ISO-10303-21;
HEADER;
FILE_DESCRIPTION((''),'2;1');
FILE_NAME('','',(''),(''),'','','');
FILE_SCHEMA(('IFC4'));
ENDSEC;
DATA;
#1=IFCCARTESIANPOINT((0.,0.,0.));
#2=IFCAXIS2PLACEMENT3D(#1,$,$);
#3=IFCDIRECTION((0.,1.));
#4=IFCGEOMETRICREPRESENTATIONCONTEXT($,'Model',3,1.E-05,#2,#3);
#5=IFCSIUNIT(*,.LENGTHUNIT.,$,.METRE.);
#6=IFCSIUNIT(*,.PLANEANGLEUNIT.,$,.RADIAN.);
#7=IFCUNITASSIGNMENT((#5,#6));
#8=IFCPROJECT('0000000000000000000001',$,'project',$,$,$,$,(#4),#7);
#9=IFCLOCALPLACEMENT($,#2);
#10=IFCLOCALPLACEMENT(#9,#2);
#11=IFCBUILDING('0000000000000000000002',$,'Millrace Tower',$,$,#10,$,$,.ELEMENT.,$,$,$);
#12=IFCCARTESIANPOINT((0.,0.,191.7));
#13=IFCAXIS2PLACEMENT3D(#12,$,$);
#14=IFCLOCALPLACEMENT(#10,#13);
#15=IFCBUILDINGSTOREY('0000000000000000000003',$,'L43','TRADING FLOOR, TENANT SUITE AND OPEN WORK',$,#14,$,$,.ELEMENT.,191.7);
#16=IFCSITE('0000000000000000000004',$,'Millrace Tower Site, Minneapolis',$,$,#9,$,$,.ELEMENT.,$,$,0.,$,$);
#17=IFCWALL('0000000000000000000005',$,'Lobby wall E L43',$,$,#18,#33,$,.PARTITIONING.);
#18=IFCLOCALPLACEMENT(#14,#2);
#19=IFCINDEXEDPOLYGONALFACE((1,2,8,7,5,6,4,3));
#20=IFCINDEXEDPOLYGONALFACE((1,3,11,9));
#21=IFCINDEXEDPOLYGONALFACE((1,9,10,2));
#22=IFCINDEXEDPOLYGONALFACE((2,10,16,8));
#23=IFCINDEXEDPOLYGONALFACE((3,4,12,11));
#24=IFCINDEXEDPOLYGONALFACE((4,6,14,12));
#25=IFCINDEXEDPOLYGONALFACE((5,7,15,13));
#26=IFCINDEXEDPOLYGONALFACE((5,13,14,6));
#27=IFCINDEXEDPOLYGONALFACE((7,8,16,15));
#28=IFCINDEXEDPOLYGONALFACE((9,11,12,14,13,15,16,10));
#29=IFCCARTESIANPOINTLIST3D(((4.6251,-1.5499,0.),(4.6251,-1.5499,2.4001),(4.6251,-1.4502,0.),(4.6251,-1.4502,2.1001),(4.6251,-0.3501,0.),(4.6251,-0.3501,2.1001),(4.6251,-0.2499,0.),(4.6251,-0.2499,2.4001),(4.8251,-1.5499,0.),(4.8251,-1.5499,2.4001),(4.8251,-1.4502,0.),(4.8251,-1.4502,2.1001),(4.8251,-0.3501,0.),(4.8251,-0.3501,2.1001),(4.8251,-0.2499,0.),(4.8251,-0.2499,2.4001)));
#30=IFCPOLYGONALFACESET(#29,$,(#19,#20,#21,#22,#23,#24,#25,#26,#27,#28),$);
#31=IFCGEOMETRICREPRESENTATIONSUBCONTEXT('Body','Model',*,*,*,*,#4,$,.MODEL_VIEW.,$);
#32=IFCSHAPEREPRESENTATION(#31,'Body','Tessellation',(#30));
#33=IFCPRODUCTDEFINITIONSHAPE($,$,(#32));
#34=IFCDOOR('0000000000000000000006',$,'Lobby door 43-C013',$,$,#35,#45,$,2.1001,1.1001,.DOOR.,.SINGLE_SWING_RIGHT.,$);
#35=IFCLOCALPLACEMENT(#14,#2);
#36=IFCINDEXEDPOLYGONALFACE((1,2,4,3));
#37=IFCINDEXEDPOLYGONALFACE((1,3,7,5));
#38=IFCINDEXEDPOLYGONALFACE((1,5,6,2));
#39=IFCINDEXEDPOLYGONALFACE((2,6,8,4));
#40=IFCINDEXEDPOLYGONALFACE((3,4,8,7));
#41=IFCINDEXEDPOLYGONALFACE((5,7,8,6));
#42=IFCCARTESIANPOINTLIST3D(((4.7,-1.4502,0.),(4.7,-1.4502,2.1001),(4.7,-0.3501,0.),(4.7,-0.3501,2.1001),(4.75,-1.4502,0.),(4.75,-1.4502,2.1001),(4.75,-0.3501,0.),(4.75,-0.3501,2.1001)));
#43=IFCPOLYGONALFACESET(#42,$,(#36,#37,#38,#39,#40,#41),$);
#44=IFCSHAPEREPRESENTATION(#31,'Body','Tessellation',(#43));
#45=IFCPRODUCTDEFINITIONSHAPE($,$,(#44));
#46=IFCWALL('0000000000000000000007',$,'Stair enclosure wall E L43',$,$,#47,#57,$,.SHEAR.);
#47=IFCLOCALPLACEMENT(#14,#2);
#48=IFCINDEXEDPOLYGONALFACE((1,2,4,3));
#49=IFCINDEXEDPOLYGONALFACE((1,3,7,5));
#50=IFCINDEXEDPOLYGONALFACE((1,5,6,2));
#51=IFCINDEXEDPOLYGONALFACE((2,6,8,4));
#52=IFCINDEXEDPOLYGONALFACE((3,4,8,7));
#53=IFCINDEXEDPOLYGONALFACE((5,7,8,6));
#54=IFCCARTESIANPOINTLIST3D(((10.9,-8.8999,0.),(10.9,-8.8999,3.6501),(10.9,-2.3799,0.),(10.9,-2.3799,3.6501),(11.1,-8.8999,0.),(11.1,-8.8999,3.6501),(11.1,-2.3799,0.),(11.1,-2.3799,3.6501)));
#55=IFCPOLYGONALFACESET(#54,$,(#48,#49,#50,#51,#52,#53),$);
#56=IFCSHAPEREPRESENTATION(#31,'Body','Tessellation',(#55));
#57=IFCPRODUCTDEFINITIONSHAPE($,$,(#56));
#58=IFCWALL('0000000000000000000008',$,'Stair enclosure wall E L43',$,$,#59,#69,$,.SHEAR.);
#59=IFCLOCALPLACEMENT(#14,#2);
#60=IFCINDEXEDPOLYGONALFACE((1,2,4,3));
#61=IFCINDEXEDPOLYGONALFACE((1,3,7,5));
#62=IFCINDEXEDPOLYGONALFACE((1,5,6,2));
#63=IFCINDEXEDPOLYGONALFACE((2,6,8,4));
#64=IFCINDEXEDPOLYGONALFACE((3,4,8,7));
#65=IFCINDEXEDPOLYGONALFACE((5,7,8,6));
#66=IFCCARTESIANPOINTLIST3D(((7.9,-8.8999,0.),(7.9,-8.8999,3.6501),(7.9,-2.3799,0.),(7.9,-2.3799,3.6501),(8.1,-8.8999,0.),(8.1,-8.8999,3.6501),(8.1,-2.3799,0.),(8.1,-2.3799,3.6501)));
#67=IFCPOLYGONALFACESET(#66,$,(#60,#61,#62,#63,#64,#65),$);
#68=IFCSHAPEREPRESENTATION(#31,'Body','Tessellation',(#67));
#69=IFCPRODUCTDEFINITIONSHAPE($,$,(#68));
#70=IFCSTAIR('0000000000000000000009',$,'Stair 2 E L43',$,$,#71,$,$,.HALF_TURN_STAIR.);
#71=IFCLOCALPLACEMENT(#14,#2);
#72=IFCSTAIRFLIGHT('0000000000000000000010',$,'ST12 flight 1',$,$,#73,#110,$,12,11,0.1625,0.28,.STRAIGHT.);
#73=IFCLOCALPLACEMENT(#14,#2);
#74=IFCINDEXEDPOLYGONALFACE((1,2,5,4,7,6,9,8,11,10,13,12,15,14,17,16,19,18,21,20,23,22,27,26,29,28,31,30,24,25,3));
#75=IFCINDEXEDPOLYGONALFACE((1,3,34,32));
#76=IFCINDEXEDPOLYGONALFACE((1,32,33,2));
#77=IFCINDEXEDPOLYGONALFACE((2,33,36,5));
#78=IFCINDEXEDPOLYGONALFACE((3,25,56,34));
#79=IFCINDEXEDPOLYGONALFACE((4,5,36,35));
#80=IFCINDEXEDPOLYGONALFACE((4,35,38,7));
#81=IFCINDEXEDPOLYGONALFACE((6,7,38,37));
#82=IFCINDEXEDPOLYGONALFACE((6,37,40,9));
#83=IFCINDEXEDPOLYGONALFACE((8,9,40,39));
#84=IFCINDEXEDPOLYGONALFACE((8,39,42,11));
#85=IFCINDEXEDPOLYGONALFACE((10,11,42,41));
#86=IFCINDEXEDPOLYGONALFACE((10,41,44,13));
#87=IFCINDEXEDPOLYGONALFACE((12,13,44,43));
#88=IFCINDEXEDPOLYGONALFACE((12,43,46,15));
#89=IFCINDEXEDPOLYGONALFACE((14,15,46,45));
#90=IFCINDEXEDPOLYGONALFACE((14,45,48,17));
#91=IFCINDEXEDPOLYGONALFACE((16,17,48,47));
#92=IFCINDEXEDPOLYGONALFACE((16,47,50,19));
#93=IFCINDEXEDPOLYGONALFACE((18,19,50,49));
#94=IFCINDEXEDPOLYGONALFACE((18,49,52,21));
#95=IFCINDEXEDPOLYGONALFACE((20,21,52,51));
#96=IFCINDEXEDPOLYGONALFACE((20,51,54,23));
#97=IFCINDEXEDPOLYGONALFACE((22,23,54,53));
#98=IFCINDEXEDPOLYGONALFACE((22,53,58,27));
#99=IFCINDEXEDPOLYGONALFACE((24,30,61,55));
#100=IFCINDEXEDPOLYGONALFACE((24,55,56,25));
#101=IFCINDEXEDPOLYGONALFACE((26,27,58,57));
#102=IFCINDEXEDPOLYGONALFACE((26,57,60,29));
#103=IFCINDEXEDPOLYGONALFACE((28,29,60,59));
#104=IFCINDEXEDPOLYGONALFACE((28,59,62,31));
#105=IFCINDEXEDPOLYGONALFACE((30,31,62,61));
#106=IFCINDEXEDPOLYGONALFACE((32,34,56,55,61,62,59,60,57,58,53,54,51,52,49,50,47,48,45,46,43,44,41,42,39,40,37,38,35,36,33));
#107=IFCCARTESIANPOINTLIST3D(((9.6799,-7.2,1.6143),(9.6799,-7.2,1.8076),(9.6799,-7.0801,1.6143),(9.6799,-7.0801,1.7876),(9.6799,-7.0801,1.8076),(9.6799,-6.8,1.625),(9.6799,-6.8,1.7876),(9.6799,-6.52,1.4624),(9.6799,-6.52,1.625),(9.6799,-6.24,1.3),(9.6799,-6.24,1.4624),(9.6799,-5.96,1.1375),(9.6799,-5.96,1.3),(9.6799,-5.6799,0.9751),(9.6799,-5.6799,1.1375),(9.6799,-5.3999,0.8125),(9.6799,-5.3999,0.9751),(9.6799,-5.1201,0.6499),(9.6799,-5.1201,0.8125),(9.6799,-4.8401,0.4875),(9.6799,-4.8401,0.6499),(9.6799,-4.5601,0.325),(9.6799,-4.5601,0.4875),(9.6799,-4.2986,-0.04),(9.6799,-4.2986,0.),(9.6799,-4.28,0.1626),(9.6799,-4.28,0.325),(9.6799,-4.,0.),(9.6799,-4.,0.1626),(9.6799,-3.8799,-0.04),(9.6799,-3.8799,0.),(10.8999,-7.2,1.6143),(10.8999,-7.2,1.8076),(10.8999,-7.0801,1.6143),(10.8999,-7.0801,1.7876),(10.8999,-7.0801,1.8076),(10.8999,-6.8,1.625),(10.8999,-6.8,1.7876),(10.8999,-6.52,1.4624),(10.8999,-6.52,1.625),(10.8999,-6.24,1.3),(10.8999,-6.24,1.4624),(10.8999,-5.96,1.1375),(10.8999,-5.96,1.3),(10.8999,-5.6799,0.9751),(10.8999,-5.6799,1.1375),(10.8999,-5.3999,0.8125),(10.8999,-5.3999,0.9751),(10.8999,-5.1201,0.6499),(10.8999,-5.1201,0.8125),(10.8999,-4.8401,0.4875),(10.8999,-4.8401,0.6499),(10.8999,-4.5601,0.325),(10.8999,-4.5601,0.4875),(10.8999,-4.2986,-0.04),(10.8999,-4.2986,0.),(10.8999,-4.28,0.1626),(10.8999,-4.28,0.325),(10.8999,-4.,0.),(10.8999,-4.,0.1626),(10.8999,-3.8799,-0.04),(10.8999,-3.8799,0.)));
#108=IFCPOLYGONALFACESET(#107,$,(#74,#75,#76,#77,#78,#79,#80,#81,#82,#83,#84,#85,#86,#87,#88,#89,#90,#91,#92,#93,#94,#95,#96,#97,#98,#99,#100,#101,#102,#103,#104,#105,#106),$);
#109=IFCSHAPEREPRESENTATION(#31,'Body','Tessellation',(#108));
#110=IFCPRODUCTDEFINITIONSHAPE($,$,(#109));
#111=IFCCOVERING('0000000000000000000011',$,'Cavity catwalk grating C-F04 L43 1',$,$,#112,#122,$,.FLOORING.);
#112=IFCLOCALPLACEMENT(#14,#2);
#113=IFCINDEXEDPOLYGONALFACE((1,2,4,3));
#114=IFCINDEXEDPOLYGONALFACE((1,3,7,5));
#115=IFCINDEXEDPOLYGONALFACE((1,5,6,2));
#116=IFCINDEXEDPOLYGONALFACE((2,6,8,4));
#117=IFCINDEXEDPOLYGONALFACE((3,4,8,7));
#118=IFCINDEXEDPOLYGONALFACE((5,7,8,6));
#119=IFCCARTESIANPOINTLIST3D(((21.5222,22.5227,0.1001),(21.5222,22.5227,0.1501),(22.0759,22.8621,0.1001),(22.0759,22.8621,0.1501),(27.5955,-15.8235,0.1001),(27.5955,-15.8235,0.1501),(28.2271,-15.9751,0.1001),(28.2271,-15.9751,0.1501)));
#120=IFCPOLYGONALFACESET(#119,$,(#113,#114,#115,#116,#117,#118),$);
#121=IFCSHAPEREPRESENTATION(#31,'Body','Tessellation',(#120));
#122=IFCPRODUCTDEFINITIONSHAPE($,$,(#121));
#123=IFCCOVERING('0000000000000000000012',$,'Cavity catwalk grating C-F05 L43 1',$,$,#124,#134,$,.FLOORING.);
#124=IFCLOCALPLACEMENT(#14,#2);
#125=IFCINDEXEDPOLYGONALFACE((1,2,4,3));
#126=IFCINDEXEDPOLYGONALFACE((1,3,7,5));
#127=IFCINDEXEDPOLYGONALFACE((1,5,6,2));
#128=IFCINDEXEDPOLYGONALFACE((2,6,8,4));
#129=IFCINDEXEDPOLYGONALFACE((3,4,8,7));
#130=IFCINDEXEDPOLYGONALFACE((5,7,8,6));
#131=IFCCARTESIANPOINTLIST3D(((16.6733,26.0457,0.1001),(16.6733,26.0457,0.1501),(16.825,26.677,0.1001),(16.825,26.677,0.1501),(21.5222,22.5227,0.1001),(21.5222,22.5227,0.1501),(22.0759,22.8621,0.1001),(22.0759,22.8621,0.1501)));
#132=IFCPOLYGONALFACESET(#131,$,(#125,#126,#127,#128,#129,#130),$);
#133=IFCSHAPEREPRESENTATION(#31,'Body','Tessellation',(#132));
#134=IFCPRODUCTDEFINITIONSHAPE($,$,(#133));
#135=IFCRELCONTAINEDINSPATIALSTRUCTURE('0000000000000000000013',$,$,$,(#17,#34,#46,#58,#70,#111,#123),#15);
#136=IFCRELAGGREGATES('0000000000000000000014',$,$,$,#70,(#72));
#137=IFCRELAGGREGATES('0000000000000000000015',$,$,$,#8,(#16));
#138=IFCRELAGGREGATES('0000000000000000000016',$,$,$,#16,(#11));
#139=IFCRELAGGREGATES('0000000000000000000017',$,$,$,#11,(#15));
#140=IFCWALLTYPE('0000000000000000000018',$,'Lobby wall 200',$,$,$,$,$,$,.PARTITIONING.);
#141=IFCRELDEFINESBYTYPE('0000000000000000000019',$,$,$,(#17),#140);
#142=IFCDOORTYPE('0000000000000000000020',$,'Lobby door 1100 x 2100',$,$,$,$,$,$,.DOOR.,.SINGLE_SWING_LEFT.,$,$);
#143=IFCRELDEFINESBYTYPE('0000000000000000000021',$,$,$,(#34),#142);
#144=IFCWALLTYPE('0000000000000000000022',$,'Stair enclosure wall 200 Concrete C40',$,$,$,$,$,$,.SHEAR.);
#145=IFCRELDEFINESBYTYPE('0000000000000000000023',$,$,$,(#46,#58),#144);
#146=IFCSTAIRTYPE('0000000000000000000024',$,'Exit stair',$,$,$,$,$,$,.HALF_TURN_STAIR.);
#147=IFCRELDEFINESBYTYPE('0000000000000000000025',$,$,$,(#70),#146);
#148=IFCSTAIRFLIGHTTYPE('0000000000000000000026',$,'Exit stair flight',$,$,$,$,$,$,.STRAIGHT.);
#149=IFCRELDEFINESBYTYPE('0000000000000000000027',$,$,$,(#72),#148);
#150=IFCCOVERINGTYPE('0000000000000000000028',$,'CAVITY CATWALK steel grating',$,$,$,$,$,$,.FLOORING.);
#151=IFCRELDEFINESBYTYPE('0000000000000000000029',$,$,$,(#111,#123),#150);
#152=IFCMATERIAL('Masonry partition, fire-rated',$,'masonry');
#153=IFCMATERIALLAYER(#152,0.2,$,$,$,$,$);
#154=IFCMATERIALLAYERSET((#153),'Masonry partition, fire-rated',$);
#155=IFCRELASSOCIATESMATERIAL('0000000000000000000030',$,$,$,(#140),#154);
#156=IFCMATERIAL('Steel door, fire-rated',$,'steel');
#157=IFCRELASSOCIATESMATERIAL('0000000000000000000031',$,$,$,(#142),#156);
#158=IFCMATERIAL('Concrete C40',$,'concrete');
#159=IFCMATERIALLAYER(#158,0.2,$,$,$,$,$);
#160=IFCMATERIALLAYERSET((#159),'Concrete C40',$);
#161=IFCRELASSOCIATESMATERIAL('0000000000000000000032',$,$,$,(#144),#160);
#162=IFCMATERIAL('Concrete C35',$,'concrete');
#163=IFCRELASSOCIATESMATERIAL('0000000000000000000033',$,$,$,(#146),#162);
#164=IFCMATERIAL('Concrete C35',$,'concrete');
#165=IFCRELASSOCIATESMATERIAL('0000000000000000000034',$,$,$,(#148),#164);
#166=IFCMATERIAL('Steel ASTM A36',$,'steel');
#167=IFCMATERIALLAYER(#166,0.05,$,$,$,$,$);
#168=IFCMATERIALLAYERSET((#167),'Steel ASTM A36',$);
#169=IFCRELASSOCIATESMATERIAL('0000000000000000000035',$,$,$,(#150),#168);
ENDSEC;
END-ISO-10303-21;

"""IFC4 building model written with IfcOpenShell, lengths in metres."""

from ifc_helpers import new_model, si_unit, direction, frame, frame_2d, origin, place, context, subcontext, project, spatial, polyline, rectangle, outline, extrude, material, layer, layer_set, type_object, element, fill, aggregate, save


model = new_model("IFC4")

# Units and contexts
model_context = context("Model", 3, precision=1e-05, world=origin(), true_north=direction((0.0, 1.0)))
body_context = subcontext(model_context, "Body", "Model", "MODEL_VIEW")
ifc_project = project(units=[si_unit("LENGTHUNIT", "METRE"), si_unit("PLANEANGLEUNIT", "RADIAN")], contexts=[model_context])

# Site, building, storey
site_placement = place(None, origin())
site = spatial("IfcSite", under=ifc_project, at=site_placement, Name="Millrace Tower Site, Minneapolis", CompositionType="ELEMENT", RefElevation=0.0)
building_placement = place(site_placement, origin())
building = spatial("IfcBuilding", under=site, at=building_placement, Name="Millrace Tower", CompositionType="ELEMENT")
storey_placement = place(building_placement, frame((0.0, 0.0, 191.7)))
storey = spatial("IfcBuildingStorey", under=building, at=storey_placement, Name="L43", Description="TRADING FLOOR, TENANT SUITE AND OPEN WORK", CompositionType="ELEMENT", Elevation=191.7)

# Shared definitions
placement_1 = place(storey_placement, origin())

# Wall, opening, door
ifc_material_1 = material(Name="Masonry partition, fire-rated", Category="masonry")
ifc_layer_1 = layer(ifc_material_1, 0.2)
ifc_layer_set_1 = layer_set([ifc_layer_1], Name="Masonry partition, fire-rated")
wall_type_1 = type_object("IfcWallType", Name="Lobby wall 200", PredefinedType="PARTITIONING", material=ifc_layer_set_1)
wall_1_placement = place(storey_placement, frame((4.7251, -0.25, 0.0), z_axis=(0.0, 0.0, 1.0), x_axis=(0.0, -1.0, 0.0)))
wall_1 = element("IfcWall", 1, at=wall_1_placement, inside=storey, type_object=wall_type_1, Name="Lobby wall E L43", PredefinedType="PARTITIONING", context=body_context, shape_type="SweptSolid", body=[
    extrude(rectangle(XDim=1.3, YDim=0.2, at=frame_2d((0.6499, 0.0))), origin(), (0.0, 0.0, 1.0), 2.4001),
])
opening_placement = place(wall_1_placement, frame((0.1001, 0.0, 0.0)))
opening = element("IfcOpeningElement", 2, at=opening_placement, cuts=wall_1, PredefinedType="OPENING", context=body_context, shape_type="SweptSolid", body=[
    extrude(rectangle(XDim=1.1001, YDim=2.1001, at=frame_2d((0.55, 1.05))), frame((0.0, 0.1099, 0.0), z_axis=(0.0, -1.0, 0.0), x_axis=(1.0, 0.0, 0.0)), (0.0, 0.0, 1.0), 0.22),
])
ifc_material_2 = material(Name="Steel door, fire-rated", Category="steel")
door_type = type_object("IfcDoorType", Name="Lobby door 1100 x 2100", OperationType="SINGLE_SWING_LEFT", PredefinedType="DOOR", material=ifc_material_2)
door_placement = place(opening_placement, origin())
door = element("IfcDoor", 3, at=door_placement, inside=storey, type_object=door_type, Name="Lobby door 43-C013", OperationType="SINGLE_SWING_RIGHT", OverallHeight=2.1001, OverallWidth=1.1001, PredefinedType="DOOR", context=body_context, shape_type="SweptSolid", body=[
    extrude(rectangle(XDim=1.1001, YDim=2.1001, at=frame_2d((0.55, 1.05))), frame((0.0, 0.0249, 0.0), z_axis=(0.0, -1.0, 0.0), x_axis=(1.0, 0.0, 0.0)), (0.0, 0.0, 1.0), 0.05),
])
fill(opening, door)

# Walls
ifc_material_3 = material(Name="Concrete C40", Category="concrete")
ifc_layer_2 = layer(ifc_material_3, 0.2)
ifc_layer_set_2 = layer_set([ifc_layer_2], Name="Concrete C40")
wall_type_2 = type_object("IfcWallType", Name="Stair enclosure wall 200 Concrete C40", PredefinedType="SHEAR", material=ifc_layer_set_2)
for number, where, z_axis, x_axis, name in (
    (4, (11.0, -2.3799, 0.0), (0.0, 0.0, 1.0), (0.0, -1.0, 0.0), "Stair enclosure wall E L43"),
    (5, (8.0, -2.3799, 0.0), (0.0, 0.0, 1.0), (0.0, -1.0, 0.0), "Stair enclosure wall E L43"),
):
    element("IfcWall", number, at=place(storey_placement, frame(where, z_axis=z_axis, x_axis=x_axis)), inside=storey, type_object=wall_type_2, Name=name, PredefinedType="SHEAR", context=body_context, shape_type="SweptSolid", body=[
        extrude(rectangle(XDim=6.52, YDim=0.2, at=frame_2d((3.26, 0.0))), origin(), (0.0, 0.0, 1.0), 3.6501),
    ])

# Stair, stair flight
ifc_material_4 = material(Name="Concrete C35", Category="concrete")
stair_type = type_object("IfcStairType", Name="Exit stair", PredefinedType="HALF_TURN_STAIR", material=ifc_material_4)
stair = element("IfcStair", 6, at=placement_1, inside=storey, type_object=stair_type, Name="Stair 2 E L43", PredefinedType="HALF_TURN_STAIR")
ifc_material_5 = material(Name="Concrete C35", Category="concrete")
stair_flight_type = type_object("IfcStairFlightType", Name="Exit stair flight", PredefinedType="STRAIGHT", material=ifc_material_5)
stair_flight_placement = place(storey_placement, frame((10.29, -4.0, 0.0), z_axis=(0.0, 0.0, 1.0), x_axis=(0.0, -1.0, 0.0)))
stair_flight = element("IfcStairFlight", 7, at=stair_flight_placement, type_object=stair_flight_type, Name="ST12 flight 1", NumberOfRisers=12, NumberOfTreads=11, PredefinedType="STRAIGHT", RiserHeight=0.1625, TreadLength=0.28, context=body_context, shape_type="SweptSolid", body=[
    extrude(outline(polyline([(-0.1201, -0.04), (-0.1201, 0.0), (0.0, 0.0), (0.0, 0.1626), (0.28, 0.1626), (0.28, 0.325), (0.5601, 0.325), (0.5601, 0.4875), (0.8401, 0.4875), (0.8401, 0.6499), (1.1201, 0.6499), (1.1201, 0.8125), (1.3999, 0.8125), (1.3999, 0.9751), (1.6799, 0.9751), (1.6799, 1.1375), (1.96, 1.1375), (1.96, 1.3), (2.24, 1.3), (2.24, 1.4624), (2.52, 1.4624), (2.52, 1.625), (2.8, 1.625), (2.8, 1.7876), (3.0801, 1.7876), (3.0801, 1.8076), (3.2, 1.8076), (3.2, 1.6143), (3.0801, 1.6143), (0.2986, 0.0), (0.2986, -0.04), (-0.1201, -0.04)])), frame((0.0, 0.6099, 0.0), z_axis=(0.0, -1.0, 0.0), x_axis=(1.0, 0.0, 0.0)), (0.0, 0.0, 1.0), 1.22),
])
aggregate(stair, [stair_flight])

# Coverings
ifc_material_6 = material(Name="Steel ASTM A36", Category="steel")
ifc_layer_3 = layer(ifc_material_6, 0.05)
ifc_layer_set_3 = layer_set([ifc_layer_3], Name="Steel ASTM A36")
covering_type = type_object("IfcCoveringType", Name="CAVITY CATWALK steel grating", PredefinedType="FLOORING", material=ifc_layer_set_3)
placement_2 = place(storey_placement, frame((0.0, 0.0, 0.1001)))
element("IfcCovering", 8, at=placement_2, inside=storey, type_object=covering_type, Name="Cavity catwalk grating C-F04 L43 1", PredefinedType="FLOORING", context=body_context, shape_type="SweptSolid", body=[
    extrude(outline(polyline([(28.2271, -15.9751), (22.0759, 22.8621), (21.5222, 22.5227), (27.5955, -15.8235), (28.2271, -15.9751)])), origin(), (0.0, 0.0, 1.0), 0.05),
])
element("IfcCovering", 9, at=placement_2, inside=storey, type_object=covering_type, Name="Cavity catwalk grating C-F05 L43 1", PredefinedType="FLOORING", context=body_context, shape_type="SweptSolid", body=[
    extrude(outline(polyline([(22.0759, 22.8621), (16.825, 26.677), (16.6733, 26.0457), (21.5222, 22.5227), (22.0759, 22.8621)])), origin(), (0.0, 0.0, 1.0), 0.05),
])

save(model, "model.ifc")
